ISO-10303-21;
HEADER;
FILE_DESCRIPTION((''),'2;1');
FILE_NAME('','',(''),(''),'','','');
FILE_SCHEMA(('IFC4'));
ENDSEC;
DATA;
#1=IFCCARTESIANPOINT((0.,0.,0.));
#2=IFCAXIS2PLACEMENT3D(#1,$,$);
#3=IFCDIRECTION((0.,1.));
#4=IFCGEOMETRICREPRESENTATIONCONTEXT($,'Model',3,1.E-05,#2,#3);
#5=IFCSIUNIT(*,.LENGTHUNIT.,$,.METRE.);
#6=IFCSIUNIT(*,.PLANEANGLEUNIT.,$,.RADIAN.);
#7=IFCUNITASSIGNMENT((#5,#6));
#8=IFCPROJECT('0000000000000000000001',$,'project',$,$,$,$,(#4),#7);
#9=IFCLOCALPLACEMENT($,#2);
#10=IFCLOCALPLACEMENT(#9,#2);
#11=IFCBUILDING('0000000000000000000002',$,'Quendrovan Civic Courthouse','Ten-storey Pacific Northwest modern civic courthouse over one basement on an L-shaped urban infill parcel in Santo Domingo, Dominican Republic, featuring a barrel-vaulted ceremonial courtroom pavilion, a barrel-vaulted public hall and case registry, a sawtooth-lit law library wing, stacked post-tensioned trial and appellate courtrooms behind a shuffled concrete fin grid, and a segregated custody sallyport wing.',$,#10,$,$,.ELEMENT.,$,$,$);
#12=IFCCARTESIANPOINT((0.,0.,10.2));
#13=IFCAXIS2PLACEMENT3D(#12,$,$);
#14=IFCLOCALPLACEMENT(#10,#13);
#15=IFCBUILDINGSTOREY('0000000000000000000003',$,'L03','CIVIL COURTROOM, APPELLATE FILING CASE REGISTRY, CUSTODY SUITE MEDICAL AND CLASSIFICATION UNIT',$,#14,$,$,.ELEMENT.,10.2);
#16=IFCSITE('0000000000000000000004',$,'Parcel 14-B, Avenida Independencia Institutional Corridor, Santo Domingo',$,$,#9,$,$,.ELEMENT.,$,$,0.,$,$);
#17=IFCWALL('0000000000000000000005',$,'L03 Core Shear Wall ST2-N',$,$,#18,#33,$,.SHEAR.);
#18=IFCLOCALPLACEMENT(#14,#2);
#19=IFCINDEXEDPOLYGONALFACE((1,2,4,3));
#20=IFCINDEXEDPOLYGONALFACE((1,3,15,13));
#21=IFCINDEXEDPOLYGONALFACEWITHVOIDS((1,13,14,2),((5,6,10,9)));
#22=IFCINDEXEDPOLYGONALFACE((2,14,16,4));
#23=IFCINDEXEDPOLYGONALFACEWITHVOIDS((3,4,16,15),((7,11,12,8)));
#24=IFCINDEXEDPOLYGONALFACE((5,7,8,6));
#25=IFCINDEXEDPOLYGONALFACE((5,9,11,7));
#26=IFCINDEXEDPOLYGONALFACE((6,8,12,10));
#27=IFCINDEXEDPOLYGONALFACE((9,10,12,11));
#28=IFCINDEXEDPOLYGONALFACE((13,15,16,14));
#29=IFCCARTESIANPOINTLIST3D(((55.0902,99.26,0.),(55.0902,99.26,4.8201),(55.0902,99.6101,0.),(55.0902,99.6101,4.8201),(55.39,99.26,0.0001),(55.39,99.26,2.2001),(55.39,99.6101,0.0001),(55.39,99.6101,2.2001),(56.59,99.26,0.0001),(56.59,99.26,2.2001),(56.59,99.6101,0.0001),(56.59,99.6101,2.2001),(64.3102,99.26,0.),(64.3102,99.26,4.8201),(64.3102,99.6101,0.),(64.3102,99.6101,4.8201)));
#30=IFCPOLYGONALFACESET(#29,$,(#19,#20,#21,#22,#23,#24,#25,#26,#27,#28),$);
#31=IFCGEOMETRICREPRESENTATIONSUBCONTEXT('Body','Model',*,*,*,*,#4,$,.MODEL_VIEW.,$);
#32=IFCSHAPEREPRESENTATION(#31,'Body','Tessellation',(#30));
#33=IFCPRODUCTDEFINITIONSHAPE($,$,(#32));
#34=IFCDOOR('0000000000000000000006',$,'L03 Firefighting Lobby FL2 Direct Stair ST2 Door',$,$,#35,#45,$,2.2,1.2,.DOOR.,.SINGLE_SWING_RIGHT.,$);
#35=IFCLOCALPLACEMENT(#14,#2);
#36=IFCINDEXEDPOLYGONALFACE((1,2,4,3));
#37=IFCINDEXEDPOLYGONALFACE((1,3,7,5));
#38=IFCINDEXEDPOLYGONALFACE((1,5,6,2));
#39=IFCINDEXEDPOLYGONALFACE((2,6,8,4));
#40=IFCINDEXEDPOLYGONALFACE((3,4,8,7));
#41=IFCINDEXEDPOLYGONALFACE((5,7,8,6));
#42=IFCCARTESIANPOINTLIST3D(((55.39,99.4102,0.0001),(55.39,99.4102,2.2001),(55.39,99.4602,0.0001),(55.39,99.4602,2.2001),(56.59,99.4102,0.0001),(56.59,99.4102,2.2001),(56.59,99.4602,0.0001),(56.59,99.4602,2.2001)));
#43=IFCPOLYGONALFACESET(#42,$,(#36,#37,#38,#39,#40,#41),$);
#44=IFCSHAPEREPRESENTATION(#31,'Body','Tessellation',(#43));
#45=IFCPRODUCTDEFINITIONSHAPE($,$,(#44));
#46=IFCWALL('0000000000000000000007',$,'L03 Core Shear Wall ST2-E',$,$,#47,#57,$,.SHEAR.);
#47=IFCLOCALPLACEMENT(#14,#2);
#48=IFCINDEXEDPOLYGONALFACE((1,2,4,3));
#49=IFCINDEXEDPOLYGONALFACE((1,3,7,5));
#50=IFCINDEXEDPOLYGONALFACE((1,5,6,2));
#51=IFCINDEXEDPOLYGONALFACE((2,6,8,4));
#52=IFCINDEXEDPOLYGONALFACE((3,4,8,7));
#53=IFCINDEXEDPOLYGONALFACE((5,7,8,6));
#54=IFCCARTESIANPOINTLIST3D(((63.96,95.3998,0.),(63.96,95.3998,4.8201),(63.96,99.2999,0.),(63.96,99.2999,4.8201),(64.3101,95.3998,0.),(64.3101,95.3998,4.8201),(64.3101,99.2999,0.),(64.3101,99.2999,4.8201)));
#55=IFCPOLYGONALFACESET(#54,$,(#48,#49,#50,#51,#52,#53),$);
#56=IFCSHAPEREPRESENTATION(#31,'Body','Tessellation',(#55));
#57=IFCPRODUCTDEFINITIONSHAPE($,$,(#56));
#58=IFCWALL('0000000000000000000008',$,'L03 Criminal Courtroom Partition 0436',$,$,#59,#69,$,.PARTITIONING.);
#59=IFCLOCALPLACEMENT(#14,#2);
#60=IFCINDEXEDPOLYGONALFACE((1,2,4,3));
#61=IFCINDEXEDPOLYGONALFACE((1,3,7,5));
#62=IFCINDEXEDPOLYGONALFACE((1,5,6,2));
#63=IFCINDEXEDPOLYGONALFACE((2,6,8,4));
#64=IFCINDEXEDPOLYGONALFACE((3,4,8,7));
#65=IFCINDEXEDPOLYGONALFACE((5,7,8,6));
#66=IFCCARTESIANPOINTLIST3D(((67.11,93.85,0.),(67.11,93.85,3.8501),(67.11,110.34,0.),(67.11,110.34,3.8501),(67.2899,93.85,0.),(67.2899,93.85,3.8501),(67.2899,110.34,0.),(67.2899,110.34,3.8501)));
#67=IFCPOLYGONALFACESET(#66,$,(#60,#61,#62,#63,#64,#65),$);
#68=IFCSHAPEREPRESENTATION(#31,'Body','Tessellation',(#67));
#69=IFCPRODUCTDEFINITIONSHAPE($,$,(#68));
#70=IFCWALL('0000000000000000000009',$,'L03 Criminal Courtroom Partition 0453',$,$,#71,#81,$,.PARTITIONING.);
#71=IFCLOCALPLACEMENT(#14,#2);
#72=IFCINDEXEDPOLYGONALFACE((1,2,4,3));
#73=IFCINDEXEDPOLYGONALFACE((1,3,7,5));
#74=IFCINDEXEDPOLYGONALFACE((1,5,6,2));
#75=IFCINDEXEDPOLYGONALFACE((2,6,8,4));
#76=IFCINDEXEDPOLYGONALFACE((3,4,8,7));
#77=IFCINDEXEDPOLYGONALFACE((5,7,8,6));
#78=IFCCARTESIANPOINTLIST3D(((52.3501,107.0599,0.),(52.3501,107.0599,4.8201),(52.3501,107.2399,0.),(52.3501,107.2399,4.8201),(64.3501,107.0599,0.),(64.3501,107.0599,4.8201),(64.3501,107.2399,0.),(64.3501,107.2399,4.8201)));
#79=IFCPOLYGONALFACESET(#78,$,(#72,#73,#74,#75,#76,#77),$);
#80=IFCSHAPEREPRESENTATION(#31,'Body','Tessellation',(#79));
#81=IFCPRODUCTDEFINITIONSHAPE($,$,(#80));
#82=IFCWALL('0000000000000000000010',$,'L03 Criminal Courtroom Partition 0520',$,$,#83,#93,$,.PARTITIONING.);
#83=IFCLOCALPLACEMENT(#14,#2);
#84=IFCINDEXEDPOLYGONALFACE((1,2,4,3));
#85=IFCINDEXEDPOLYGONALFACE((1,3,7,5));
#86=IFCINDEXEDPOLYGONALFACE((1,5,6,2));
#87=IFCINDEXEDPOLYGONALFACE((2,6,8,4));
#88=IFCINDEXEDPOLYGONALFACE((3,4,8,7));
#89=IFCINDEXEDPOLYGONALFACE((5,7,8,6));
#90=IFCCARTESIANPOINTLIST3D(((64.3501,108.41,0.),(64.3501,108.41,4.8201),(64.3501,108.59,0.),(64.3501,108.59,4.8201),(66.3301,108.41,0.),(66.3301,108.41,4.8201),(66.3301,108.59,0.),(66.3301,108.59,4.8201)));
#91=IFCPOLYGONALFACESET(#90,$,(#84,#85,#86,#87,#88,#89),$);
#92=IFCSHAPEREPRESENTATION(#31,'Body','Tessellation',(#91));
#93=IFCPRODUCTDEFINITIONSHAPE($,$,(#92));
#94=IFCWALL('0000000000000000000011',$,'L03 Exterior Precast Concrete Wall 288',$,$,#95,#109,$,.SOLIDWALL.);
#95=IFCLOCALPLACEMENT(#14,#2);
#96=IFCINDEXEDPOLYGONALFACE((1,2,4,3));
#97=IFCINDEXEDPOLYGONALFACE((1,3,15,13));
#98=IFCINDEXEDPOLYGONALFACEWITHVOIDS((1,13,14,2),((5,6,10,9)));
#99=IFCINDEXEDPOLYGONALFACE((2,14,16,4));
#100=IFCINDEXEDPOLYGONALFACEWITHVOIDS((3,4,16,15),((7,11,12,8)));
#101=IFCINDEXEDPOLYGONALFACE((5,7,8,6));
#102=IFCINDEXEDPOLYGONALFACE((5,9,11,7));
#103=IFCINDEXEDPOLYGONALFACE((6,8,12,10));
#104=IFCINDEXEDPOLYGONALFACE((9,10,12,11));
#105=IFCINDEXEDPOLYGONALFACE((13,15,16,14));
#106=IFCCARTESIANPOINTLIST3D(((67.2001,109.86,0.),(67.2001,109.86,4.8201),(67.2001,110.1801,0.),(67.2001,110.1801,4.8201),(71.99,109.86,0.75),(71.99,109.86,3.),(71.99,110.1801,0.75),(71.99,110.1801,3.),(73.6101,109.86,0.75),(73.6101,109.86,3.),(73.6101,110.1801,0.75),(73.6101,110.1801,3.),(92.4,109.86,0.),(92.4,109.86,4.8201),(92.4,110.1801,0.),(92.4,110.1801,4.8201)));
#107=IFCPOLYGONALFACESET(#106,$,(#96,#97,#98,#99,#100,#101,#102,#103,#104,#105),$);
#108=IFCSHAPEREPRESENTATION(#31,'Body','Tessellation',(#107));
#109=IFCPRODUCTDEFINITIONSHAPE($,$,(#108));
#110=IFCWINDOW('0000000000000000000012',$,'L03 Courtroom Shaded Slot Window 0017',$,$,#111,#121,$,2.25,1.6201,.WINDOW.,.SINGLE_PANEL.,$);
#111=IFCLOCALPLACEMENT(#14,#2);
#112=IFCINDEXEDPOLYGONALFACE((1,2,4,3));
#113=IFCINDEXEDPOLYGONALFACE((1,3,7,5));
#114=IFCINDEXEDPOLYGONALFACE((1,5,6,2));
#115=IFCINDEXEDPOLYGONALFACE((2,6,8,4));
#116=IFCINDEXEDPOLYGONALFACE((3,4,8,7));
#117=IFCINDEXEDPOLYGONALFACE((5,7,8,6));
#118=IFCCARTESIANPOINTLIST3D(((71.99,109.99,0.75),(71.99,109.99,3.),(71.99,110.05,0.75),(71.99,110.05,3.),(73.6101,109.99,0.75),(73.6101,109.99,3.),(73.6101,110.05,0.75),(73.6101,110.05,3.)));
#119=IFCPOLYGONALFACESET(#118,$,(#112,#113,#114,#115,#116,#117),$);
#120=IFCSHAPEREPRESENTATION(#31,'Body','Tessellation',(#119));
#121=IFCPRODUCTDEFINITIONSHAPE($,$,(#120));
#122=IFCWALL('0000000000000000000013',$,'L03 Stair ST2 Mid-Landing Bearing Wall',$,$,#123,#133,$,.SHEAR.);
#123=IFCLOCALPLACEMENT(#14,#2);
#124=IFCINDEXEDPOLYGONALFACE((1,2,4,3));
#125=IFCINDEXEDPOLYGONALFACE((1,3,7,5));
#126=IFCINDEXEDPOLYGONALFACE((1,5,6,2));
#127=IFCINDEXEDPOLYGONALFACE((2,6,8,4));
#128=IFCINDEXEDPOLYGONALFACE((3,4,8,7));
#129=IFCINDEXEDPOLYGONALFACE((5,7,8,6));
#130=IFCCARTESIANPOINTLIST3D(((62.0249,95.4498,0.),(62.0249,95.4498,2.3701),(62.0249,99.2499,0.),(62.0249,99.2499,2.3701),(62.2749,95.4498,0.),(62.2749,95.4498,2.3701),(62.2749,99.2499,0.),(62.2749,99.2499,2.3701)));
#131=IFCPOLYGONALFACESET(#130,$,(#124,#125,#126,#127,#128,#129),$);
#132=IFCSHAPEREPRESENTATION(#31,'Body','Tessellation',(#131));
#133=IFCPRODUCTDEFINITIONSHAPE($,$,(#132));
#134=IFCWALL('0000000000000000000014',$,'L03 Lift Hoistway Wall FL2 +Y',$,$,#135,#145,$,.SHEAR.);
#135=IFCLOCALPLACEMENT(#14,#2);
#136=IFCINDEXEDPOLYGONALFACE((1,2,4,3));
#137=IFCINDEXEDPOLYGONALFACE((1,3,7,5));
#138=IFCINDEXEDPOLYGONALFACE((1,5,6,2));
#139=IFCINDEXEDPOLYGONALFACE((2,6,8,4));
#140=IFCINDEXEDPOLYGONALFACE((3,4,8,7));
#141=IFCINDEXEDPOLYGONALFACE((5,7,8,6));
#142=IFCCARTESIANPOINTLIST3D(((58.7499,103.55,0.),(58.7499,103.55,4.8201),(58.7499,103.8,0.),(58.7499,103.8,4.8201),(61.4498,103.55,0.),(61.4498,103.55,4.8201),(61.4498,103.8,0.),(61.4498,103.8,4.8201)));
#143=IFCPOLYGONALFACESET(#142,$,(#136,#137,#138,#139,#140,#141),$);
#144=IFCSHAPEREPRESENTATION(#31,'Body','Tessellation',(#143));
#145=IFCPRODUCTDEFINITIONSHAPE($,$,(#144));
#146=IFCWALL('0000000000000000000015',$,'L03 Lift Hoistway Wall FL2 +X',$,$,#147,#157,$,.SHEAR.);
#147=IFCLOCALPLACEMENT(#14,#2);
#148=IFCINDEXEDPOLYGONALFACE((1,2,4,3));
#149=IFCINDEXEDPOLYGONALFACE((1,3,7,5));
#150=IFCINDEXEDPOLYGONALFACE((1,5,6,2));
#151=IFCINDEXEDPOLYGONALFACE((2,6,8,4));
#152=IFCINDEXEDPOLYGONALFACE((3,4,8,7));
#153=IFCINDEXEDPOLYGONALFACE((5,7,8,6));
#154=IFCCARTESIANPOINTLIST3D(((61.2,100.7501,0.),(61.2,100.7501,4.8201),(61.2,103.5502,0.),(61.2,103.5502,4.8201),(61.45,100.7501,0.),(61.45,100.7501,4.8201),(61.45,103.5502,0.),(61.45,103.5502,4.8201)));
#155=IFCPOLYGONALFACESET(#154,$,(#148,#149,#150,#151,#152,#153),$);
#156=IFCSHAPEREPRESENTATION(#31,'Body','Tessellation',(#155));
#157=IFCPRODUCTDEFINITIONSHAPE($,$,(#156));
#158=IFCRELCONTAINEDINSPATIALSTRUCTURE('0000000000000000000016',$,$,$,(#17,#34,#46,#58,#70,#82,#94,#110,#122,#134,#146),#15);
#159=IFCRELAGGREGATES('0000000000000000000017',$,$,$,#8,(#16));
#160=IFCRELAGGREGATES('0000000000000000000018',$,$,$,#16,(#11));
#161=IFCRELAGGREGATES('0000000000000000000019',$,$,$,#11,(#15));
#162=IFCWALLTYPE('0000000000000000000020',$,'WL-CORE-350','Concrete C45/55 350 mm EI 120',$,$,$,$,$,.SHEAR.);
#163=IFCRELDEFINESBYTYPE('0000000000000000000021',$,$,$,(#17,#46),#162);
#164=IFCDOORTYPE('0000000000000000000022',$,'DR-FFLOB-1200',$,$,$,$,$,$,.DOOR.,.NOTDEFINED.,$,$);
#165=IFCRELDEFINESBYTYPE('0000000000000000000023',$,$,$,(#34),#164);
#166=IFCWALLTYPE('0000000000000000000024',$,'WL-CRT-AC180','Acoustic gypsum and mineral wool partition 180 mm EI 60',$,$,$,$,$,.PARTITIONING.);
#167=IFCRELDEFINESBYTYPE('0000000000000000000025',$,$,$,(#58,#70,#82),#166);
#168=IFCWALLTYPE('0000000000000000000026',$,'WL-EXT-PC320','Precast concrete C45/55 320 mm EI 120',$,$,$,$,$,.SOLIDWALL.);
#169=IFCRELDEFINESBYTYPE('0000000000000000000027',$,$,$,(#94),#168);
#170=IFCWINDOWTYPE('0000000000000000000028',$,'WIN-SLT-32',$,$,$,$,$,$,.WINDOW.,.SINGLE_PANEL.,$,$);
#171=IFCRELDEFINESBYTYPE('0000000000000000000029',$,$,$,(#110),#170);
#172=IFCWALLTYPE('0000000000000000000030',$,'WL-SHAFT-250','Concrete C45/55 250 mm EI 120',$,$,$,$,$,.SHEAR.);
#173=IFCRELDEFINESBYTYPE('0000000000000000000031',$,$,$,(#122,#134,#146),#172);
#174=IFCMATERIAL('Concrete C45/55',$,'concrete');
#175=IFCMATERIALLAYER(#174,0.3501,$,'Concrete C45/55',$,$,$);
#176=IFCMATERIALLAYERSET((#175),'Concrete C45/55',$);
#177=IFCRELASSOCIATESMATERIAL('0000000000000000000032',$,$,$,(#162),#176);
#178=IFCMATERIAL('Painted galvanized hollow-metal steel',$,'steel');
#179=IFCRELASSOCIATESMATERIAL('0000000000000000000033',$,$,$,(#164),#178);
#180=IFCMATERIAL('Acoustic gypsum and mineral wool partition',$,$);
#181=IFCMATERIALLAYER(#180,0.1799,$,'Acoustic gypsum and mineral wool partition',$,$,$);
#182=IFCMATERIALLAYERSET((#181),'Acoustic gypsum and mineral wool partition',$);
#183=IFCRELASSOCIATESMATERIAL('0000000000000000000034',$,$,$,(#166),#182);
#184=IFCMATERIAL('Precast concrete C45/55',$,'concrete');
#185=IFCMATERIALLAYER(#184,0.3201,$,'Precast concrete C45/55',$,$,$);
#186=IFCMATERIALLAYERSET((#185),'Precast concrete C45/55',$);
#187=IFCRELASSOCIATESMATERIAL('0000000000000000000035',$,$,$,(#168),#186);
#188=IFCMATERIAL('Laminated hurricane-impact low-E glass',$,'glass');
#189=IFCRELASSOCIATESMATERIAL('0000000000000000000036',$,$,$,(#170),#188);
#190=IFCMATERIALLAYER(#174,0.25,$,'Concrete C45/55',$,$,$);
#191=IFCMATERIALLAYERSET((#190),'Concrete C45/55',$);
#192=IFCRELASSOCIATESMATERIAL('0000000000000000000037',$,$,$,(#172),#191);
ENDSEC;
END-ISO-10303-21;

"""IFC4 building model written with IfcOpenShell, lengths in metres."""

from ifc_helpers import new_model, si_unit, direction, frame, frame_2d, origin, place, context, subcontext, project, spatial, rectangle, extrude, material, layer, layer_set, type_object, element, fill, save


model = new_model("IFC4")

# Units and contexts
model_context = context("Model", 3, precision=1e-05, world=origin(), true_north=direction((0.0, 1.0)))
body_context = subcontext(model_context, "Body", "Model", "MODEL_VIEW")
ifc_project = project(units=[si_unit("LENGTHUNIT", "METRE"), si_unit("PLANEANGLEUNIT", "RADIAN")], contexts=[model_context])

# Site, building, storey
site_placement = place(None, origin())
site = spatial("IfcSite", under=ifc_project, at=site_placement, Name="Parcel 14-B, Avenida Independencia Institutional Corridor, Santo Domingo", CompositionType="ELEMENT", RefElevation=0.0)
building_placement = place(site_placement, origin())
building = spatial("IfcBuilding", under=site, at=building_placement, Name="Quendrovan Civic Courthouse", Description="Ten-storey Pacific Northwest modern civic courthouse over one basement on an L-shaped urban infill parcel in Santo Domingo, Dominican Republic, featuring a barrel-vaulted ceremonial courtroom pavilion, a barrel-vaulted public hall and case registry, a sawtooth-lit law library wing, stacked post-tensioned trial and appellate courtrooms behind a shuffled concrete fin grid, and a segregated custody sallyport wing.", CompositionType="ELEMENT")
storey_placement = place(building_placement, frame((0.0, 0.0, 10.2)))
storey = spatial("IfcBuildingStorey", under=building, at=storey_placement, Name="L03", Description="CIVIL COURTROOM, APPELLATE FILING CASE REGISTRY, CUSTODY SUITE MEDICAL AND CLASSIFICATION UNIT", CompositionType="ELEMENT", Elevation=10.2)

# Shared definitions
ifc_material_1 = material(Name="Concrete C45/55", Category="concrete")

# Shared definitions
ifc_material_2 = material(Name="Precast concrete C45/55", Category="concrete")

# Wall, opening, door
ifc_layer_1 = layer(ifc_material_1, 0.3501, Name="Concrete C45/55")
ifc_layer_set_1 = layer_set([ifc_layer_1], Name="Concrete C45/55")
wall_type_1 = type_object("IfcWallType", Name="WL-CORE-350", Description="Concrete C45/55 350 mm EI 120", PredefinedType="SHEAR", material=ifc_layer_set_1)
wall_1_placement = place(storey_placement, frame((64.3101, 99.4351, 0.0), z_axis=(0.0, 0.0, 1.0), x_axis=(-1.0, 0.0, 0.0)))
wall_1 = element("IfcWall", 1, at=wall_1_placement, inside=storey, type_object=wall_type_1, Name="L03 Core Shear Wall ST2-N", PredefinedType="SHEAR", context=body_context, shape_type="SweptSolid", body=[
    extrude(rectangle(XDim=9.22, YDim=0.3501, at=frame_2d((4.6099, 0.0))), origin(), (0.0, 0.0, 1.0), 4.8201),
])
opening_1_placement = place(wall_1_placement, frame((7.72, 0.0, 0.0)))
opening_1 = element("IfcOpeningElement", 2, at=opening_1_placement, cuts=wall_1, PredefinedType="OPENING", context=body_context, shape_type="SweptSolid", body=[
    extrude(rectangle(XDim=1.2, YDim=2.2, at=frame_2d((0.6001, 1.1001))), frame((0.0, 0.1851, 0.0), z_axis=(0.0, -1.0, 0.0), x_axis=(1.0, 0.0, 0.0)), (0.0, 0.0, 1.0), 0.3701),
])
ifc_material_3 = material(Name="Painted galvanized hollow-metal steel", Category="steel")
door_type_1 = type_object("IfcDoorType", Name="DR-FFLOB-1200", OperationType="NOTDEFINED", PredefinedType="DOOR", material=ifc_material_3)
door_1_placement = place(opening_1_placement, origin())
door_1 = element("IfcDoor", 3, at=door_1_placement, inside=storey, type_object=door_type_1, Name="L03 Firefighting Lobby FL2 Direct Stair ST2 Door", OperationType="SINGLE_SWING_RIGHT", OverallHeight=2.2, OverallWidth=1.2, PredefinedType="DOOR", context=body_context, shape_type="SweptSolid", body=[
    extrude(rectangle(XDim=1.2, YDim=2.2, at=frame_2d((0.6001, 1.1001))), frame((0.0, 0.0249, 0.0), z_axis=(0.0, -1.0, 0.0), x_axis=(1.0, 0.0, 0.0)), (0.0, 0.0, 1.0), 0.05),
])
fill(opening_1, door_1)

# Walls
wall_2_placement = place(storey_placement, frame((64.135, 99.3, 0.0), z_axis=(0.0, 0.0, 1.0), x_axis=(0.0, -1.0, 0.0)))
element("IfcWall", 4, at=wall_2_placement, inside=storey, type_object=wall_type_1, Name="L03 Core Shear Wall ST2-E", PredefinedType="SHEAR", context=body_context, shape_type="SweptSolid", body=[
    extrude(rectangle(XDim=3.9001, YDim=0.3501, at=frame_2d((1.9502, 0.0))), origin(), (0.0, 0.0, 1.0), 4.8201),
])
ifc_material_4 = material(Name="Acoustic gypsum and mineral wool partition")
ifc_layer_2 = layer(ifc_material_4, 0.1799, Name="Acoustic gypsum and mineral wool partition")
ifc_layer_set_2 = layer_set([ifc_layer_2], Name="Acoustic gypsum and mineral wool partition")
wall_type_2 = type_object("IfcWallType", Name="WL-CRT-AC180", Description="Acoustic gypsum and mineral wool partition 180 mm EI 60", PredefinedType="PARTITIONING", material=ifc_layer_set_2)
wall_3_placement = place(storey_placement, frame((67.2, 110.3401, 0.0), z_axis=(0.0, 0.0, 1.0), x_axis=(0.0, -1.0, 0.0)))
element("IfcWall", 5, at=wall_3_placement, inside=storey, type_object=wall_type_2, Name="L03 Criminal Courtroom Partition 0436", PredefinedType="PARTITIONING", context=body_context, shape_type="SweptSolid", body=[
    extrude(rectangle(XDim=16.49, YDim=0.1799, at=frame_2d((8.2451, 0.0))), origin(), (0.0, 0.0, 1.0), 3.8501),
])
wall_4_placement = place(storey_placement, frame((64.3501, 107.1499, 0.0), z_axis=(0.0, 0.0, 1.0), x_axis=(-1.0, 0.0, 0.0)))
element("IfcWall", 6, at=wall_4_placement, inside=storey, type_object=wall_type_2, Name="L03 Criminal Courtroom Partition 0453", PredefinedType="PARTITIONING", context=body_context, shape_type="SweptSolid", body=[
    extrude(rectangle(XDim=12.0, YDim=0.1799, at=frame_2d((6.0, 0.0))), origin(), (0.0, 0.0, 1.0), 4.8201),
])
wall_5_placement = place(storey_placement, frame((66.3301, 108.5, 0.0), z_axis=(0.0, 0.0, 1.0), x_axis=(-1.0, 0.0, 0.0)))
element("IfcWall", 7, at=wall_5_placement, inside=storey, type_object=wall_type_2, Name="L03 Criminal Courtroom Partition 0520", PredefinedType="PARTITIONING", context=body_context, shape_type="SweptSolid", body=[
    extrude(rectangle(XDim=1.98, YDim=0.1799, at=frame_2d((0.99, 0.0))), origin(), (0.0, 0.0, 1.0), 4.8201),
])

# Wall, opening, window
ifc_layer_3 = layer(ifc_material_2, 0.3201, Name="Precast concrete C45/55")
ifc_layer_set_3 = layer_set([ifc_layer_3], Name="Precast concrete C45/55")
wall_type_3 = type_object("IfcWallType", Name="WL-EXT-PC320", Description="Precast concrete C45/55 320 mm EI 120", PredefinedType="SOLIDWALL", material=ifc_layer_set_3)
wall_6_placement = place(storey_placement, frame((67.2, 110.02, 0.0), z_axis=(0.0, 0.0, 1.0), x_axis=(1.0, 0.0, 0.0)))
wall_6 = element("IfcWall", 8, at=wall_6_placement, inside=storey, type_object=wall_type_3, Name="L03 Exterior Precast Concrete Wall 288", PredefinedType="SOLIDWALL", context=body_context, shape_type="SweptSolid", body=[
    extrude(rectangle(XDim=25.2, YDim=0.3201, at=frame_2d((12.6001, 0.0))), origin(), (0.0, 0.0, 1.0), 4.8201),
])
opening_2_placement = place(wall_6_placement, frame((4.79, 0.0, 0.75)))
opening_2 = element("IfcOpeningElement", 9, at=opening_2_placement, cuts=wall_6, PredefinedType="OPENING", context=body_context, shape_type="SweptSolid", body=[
    extrude(rectangle(XDim=1.6201, YDim=2.25, at=frame_2d((0.8101, 1.125))), frame((0.0, 0.1699, 0.0), z_axis=(0.0, -1.0, 0.0), x_axis=(1.0, 0.0, 0.0)), (0.0, 0.0, 1.0), 0.3401),
])
ifc_material_5 = material(Name="Laminated hurricane-impact low-E glass", Category="glass")
window_type = type_object("IfcWindowType", Name="WIN-SLT-32", PartitioningType="SINGLE_PANEL", PredefinedType="WINDOW", material=ifc_material_5)
window_placement = place(opening_2_placement, origin())
window = element("IfcWindow", 10, at=window_placement, inside=storey, type_object=window_type, Name="L03 Courtroom Shaded Slot Window 0017", OverallHeight=2.25, OverallWidth=1.6201, PartitioningType="SINGLE_PANEL", PredefinedType="WINDOW", context=body_context, shape_type="SweptSolid", body=[
    extrude(rectangle(XDim=1.6201, YDim=2.25, at=frame_2d((0.8101, 1.125))), frame((0.0, 0.03, 0.0), z_axis=(0.0, -1.0, 0.0), x_axis=(1.0, 0.0, 0.0)), (0.0, 0.0, 1.0), 0.0601),
])
fill(opening_2, window)

# Walls
ifc_layer_4 = layer(ifc_material_1, 0.25, Name="Concrete C45/55")
ifc_layer_set_4 = layer_set([ifc_layer_4], Name="Concrete C45/55")
wall_type_4 = type_object("IfcWallType", Name="WL-SHAFT-250", Description="Concrete C45/55 250 mm EI 120", PredefinedType="SHEAR", material=ifc_layer_set_4)
wall_7_placement = place(storey_placement, frame((62.1499, 95.45, 0.0), z_axis=(0.0, 0.0, 1.0), x_axis=(0.0, 1.0, 0.0)))
element("IfcWall", 11, at=wall_7_placement, inside=storey, type_object=wall_type_4, Name="L03 Stair ST2 Mid-Landing Bearing Wall", PredefinedType="SHEAR", context=body_context, shape_type="SweptSolid", body=[
    extrude(rectangle(XDim=3.8, YDim=0.25, at=frame_2d((1.8999, 0.0))), origin(), (0.0, 0.0, 1.0), 2.3701),
])
wall_8_placement = place(storey_placement, frame((61.45, 103.675, 0.0), z_axis=(0.0, 0.0, 1.0), x_axis=(-1.0, 0.0, 0.0)))
element("IfcWall", 12, at=wall_8_placement, inside=storey, type_object=wall_type_4, Name="L03 Lift Hoistway Wall FL2 +Y", PredefinedType="SHEAR", context=body_context, shape_type="SweptSolid", body=[
    extrude(rectangle(XDim=2.7, YDim=0.25, at=frame_2d((1.3501, 0.0))), origin(), (0.0, 0.0, 1.0), 4.8201),
])
wall_9_placement = place(storey_placement, frame((61.325, 103.55, 0.0), z_axis=(0.0, 0.0, 1.0), x_axis=(0.0, -1.0, 0.0)))
element("IfcWall", 13, at=wall_9_placement, inside=storey, type_object=wall_type_4, Name="L03 Lift Hoistway Wall FL2 +X", PredefinedType="SHEAR", context=body_context, shape_type="SweptSolid", body=[
    extrude(rectangle(XDim=2.8, YDim=0.25, at=frame_2d((1.3999, 0.0))), origin(), (0.0, 0.0, 1.0), 4.8201),
])

save(model, "model.ifc")
